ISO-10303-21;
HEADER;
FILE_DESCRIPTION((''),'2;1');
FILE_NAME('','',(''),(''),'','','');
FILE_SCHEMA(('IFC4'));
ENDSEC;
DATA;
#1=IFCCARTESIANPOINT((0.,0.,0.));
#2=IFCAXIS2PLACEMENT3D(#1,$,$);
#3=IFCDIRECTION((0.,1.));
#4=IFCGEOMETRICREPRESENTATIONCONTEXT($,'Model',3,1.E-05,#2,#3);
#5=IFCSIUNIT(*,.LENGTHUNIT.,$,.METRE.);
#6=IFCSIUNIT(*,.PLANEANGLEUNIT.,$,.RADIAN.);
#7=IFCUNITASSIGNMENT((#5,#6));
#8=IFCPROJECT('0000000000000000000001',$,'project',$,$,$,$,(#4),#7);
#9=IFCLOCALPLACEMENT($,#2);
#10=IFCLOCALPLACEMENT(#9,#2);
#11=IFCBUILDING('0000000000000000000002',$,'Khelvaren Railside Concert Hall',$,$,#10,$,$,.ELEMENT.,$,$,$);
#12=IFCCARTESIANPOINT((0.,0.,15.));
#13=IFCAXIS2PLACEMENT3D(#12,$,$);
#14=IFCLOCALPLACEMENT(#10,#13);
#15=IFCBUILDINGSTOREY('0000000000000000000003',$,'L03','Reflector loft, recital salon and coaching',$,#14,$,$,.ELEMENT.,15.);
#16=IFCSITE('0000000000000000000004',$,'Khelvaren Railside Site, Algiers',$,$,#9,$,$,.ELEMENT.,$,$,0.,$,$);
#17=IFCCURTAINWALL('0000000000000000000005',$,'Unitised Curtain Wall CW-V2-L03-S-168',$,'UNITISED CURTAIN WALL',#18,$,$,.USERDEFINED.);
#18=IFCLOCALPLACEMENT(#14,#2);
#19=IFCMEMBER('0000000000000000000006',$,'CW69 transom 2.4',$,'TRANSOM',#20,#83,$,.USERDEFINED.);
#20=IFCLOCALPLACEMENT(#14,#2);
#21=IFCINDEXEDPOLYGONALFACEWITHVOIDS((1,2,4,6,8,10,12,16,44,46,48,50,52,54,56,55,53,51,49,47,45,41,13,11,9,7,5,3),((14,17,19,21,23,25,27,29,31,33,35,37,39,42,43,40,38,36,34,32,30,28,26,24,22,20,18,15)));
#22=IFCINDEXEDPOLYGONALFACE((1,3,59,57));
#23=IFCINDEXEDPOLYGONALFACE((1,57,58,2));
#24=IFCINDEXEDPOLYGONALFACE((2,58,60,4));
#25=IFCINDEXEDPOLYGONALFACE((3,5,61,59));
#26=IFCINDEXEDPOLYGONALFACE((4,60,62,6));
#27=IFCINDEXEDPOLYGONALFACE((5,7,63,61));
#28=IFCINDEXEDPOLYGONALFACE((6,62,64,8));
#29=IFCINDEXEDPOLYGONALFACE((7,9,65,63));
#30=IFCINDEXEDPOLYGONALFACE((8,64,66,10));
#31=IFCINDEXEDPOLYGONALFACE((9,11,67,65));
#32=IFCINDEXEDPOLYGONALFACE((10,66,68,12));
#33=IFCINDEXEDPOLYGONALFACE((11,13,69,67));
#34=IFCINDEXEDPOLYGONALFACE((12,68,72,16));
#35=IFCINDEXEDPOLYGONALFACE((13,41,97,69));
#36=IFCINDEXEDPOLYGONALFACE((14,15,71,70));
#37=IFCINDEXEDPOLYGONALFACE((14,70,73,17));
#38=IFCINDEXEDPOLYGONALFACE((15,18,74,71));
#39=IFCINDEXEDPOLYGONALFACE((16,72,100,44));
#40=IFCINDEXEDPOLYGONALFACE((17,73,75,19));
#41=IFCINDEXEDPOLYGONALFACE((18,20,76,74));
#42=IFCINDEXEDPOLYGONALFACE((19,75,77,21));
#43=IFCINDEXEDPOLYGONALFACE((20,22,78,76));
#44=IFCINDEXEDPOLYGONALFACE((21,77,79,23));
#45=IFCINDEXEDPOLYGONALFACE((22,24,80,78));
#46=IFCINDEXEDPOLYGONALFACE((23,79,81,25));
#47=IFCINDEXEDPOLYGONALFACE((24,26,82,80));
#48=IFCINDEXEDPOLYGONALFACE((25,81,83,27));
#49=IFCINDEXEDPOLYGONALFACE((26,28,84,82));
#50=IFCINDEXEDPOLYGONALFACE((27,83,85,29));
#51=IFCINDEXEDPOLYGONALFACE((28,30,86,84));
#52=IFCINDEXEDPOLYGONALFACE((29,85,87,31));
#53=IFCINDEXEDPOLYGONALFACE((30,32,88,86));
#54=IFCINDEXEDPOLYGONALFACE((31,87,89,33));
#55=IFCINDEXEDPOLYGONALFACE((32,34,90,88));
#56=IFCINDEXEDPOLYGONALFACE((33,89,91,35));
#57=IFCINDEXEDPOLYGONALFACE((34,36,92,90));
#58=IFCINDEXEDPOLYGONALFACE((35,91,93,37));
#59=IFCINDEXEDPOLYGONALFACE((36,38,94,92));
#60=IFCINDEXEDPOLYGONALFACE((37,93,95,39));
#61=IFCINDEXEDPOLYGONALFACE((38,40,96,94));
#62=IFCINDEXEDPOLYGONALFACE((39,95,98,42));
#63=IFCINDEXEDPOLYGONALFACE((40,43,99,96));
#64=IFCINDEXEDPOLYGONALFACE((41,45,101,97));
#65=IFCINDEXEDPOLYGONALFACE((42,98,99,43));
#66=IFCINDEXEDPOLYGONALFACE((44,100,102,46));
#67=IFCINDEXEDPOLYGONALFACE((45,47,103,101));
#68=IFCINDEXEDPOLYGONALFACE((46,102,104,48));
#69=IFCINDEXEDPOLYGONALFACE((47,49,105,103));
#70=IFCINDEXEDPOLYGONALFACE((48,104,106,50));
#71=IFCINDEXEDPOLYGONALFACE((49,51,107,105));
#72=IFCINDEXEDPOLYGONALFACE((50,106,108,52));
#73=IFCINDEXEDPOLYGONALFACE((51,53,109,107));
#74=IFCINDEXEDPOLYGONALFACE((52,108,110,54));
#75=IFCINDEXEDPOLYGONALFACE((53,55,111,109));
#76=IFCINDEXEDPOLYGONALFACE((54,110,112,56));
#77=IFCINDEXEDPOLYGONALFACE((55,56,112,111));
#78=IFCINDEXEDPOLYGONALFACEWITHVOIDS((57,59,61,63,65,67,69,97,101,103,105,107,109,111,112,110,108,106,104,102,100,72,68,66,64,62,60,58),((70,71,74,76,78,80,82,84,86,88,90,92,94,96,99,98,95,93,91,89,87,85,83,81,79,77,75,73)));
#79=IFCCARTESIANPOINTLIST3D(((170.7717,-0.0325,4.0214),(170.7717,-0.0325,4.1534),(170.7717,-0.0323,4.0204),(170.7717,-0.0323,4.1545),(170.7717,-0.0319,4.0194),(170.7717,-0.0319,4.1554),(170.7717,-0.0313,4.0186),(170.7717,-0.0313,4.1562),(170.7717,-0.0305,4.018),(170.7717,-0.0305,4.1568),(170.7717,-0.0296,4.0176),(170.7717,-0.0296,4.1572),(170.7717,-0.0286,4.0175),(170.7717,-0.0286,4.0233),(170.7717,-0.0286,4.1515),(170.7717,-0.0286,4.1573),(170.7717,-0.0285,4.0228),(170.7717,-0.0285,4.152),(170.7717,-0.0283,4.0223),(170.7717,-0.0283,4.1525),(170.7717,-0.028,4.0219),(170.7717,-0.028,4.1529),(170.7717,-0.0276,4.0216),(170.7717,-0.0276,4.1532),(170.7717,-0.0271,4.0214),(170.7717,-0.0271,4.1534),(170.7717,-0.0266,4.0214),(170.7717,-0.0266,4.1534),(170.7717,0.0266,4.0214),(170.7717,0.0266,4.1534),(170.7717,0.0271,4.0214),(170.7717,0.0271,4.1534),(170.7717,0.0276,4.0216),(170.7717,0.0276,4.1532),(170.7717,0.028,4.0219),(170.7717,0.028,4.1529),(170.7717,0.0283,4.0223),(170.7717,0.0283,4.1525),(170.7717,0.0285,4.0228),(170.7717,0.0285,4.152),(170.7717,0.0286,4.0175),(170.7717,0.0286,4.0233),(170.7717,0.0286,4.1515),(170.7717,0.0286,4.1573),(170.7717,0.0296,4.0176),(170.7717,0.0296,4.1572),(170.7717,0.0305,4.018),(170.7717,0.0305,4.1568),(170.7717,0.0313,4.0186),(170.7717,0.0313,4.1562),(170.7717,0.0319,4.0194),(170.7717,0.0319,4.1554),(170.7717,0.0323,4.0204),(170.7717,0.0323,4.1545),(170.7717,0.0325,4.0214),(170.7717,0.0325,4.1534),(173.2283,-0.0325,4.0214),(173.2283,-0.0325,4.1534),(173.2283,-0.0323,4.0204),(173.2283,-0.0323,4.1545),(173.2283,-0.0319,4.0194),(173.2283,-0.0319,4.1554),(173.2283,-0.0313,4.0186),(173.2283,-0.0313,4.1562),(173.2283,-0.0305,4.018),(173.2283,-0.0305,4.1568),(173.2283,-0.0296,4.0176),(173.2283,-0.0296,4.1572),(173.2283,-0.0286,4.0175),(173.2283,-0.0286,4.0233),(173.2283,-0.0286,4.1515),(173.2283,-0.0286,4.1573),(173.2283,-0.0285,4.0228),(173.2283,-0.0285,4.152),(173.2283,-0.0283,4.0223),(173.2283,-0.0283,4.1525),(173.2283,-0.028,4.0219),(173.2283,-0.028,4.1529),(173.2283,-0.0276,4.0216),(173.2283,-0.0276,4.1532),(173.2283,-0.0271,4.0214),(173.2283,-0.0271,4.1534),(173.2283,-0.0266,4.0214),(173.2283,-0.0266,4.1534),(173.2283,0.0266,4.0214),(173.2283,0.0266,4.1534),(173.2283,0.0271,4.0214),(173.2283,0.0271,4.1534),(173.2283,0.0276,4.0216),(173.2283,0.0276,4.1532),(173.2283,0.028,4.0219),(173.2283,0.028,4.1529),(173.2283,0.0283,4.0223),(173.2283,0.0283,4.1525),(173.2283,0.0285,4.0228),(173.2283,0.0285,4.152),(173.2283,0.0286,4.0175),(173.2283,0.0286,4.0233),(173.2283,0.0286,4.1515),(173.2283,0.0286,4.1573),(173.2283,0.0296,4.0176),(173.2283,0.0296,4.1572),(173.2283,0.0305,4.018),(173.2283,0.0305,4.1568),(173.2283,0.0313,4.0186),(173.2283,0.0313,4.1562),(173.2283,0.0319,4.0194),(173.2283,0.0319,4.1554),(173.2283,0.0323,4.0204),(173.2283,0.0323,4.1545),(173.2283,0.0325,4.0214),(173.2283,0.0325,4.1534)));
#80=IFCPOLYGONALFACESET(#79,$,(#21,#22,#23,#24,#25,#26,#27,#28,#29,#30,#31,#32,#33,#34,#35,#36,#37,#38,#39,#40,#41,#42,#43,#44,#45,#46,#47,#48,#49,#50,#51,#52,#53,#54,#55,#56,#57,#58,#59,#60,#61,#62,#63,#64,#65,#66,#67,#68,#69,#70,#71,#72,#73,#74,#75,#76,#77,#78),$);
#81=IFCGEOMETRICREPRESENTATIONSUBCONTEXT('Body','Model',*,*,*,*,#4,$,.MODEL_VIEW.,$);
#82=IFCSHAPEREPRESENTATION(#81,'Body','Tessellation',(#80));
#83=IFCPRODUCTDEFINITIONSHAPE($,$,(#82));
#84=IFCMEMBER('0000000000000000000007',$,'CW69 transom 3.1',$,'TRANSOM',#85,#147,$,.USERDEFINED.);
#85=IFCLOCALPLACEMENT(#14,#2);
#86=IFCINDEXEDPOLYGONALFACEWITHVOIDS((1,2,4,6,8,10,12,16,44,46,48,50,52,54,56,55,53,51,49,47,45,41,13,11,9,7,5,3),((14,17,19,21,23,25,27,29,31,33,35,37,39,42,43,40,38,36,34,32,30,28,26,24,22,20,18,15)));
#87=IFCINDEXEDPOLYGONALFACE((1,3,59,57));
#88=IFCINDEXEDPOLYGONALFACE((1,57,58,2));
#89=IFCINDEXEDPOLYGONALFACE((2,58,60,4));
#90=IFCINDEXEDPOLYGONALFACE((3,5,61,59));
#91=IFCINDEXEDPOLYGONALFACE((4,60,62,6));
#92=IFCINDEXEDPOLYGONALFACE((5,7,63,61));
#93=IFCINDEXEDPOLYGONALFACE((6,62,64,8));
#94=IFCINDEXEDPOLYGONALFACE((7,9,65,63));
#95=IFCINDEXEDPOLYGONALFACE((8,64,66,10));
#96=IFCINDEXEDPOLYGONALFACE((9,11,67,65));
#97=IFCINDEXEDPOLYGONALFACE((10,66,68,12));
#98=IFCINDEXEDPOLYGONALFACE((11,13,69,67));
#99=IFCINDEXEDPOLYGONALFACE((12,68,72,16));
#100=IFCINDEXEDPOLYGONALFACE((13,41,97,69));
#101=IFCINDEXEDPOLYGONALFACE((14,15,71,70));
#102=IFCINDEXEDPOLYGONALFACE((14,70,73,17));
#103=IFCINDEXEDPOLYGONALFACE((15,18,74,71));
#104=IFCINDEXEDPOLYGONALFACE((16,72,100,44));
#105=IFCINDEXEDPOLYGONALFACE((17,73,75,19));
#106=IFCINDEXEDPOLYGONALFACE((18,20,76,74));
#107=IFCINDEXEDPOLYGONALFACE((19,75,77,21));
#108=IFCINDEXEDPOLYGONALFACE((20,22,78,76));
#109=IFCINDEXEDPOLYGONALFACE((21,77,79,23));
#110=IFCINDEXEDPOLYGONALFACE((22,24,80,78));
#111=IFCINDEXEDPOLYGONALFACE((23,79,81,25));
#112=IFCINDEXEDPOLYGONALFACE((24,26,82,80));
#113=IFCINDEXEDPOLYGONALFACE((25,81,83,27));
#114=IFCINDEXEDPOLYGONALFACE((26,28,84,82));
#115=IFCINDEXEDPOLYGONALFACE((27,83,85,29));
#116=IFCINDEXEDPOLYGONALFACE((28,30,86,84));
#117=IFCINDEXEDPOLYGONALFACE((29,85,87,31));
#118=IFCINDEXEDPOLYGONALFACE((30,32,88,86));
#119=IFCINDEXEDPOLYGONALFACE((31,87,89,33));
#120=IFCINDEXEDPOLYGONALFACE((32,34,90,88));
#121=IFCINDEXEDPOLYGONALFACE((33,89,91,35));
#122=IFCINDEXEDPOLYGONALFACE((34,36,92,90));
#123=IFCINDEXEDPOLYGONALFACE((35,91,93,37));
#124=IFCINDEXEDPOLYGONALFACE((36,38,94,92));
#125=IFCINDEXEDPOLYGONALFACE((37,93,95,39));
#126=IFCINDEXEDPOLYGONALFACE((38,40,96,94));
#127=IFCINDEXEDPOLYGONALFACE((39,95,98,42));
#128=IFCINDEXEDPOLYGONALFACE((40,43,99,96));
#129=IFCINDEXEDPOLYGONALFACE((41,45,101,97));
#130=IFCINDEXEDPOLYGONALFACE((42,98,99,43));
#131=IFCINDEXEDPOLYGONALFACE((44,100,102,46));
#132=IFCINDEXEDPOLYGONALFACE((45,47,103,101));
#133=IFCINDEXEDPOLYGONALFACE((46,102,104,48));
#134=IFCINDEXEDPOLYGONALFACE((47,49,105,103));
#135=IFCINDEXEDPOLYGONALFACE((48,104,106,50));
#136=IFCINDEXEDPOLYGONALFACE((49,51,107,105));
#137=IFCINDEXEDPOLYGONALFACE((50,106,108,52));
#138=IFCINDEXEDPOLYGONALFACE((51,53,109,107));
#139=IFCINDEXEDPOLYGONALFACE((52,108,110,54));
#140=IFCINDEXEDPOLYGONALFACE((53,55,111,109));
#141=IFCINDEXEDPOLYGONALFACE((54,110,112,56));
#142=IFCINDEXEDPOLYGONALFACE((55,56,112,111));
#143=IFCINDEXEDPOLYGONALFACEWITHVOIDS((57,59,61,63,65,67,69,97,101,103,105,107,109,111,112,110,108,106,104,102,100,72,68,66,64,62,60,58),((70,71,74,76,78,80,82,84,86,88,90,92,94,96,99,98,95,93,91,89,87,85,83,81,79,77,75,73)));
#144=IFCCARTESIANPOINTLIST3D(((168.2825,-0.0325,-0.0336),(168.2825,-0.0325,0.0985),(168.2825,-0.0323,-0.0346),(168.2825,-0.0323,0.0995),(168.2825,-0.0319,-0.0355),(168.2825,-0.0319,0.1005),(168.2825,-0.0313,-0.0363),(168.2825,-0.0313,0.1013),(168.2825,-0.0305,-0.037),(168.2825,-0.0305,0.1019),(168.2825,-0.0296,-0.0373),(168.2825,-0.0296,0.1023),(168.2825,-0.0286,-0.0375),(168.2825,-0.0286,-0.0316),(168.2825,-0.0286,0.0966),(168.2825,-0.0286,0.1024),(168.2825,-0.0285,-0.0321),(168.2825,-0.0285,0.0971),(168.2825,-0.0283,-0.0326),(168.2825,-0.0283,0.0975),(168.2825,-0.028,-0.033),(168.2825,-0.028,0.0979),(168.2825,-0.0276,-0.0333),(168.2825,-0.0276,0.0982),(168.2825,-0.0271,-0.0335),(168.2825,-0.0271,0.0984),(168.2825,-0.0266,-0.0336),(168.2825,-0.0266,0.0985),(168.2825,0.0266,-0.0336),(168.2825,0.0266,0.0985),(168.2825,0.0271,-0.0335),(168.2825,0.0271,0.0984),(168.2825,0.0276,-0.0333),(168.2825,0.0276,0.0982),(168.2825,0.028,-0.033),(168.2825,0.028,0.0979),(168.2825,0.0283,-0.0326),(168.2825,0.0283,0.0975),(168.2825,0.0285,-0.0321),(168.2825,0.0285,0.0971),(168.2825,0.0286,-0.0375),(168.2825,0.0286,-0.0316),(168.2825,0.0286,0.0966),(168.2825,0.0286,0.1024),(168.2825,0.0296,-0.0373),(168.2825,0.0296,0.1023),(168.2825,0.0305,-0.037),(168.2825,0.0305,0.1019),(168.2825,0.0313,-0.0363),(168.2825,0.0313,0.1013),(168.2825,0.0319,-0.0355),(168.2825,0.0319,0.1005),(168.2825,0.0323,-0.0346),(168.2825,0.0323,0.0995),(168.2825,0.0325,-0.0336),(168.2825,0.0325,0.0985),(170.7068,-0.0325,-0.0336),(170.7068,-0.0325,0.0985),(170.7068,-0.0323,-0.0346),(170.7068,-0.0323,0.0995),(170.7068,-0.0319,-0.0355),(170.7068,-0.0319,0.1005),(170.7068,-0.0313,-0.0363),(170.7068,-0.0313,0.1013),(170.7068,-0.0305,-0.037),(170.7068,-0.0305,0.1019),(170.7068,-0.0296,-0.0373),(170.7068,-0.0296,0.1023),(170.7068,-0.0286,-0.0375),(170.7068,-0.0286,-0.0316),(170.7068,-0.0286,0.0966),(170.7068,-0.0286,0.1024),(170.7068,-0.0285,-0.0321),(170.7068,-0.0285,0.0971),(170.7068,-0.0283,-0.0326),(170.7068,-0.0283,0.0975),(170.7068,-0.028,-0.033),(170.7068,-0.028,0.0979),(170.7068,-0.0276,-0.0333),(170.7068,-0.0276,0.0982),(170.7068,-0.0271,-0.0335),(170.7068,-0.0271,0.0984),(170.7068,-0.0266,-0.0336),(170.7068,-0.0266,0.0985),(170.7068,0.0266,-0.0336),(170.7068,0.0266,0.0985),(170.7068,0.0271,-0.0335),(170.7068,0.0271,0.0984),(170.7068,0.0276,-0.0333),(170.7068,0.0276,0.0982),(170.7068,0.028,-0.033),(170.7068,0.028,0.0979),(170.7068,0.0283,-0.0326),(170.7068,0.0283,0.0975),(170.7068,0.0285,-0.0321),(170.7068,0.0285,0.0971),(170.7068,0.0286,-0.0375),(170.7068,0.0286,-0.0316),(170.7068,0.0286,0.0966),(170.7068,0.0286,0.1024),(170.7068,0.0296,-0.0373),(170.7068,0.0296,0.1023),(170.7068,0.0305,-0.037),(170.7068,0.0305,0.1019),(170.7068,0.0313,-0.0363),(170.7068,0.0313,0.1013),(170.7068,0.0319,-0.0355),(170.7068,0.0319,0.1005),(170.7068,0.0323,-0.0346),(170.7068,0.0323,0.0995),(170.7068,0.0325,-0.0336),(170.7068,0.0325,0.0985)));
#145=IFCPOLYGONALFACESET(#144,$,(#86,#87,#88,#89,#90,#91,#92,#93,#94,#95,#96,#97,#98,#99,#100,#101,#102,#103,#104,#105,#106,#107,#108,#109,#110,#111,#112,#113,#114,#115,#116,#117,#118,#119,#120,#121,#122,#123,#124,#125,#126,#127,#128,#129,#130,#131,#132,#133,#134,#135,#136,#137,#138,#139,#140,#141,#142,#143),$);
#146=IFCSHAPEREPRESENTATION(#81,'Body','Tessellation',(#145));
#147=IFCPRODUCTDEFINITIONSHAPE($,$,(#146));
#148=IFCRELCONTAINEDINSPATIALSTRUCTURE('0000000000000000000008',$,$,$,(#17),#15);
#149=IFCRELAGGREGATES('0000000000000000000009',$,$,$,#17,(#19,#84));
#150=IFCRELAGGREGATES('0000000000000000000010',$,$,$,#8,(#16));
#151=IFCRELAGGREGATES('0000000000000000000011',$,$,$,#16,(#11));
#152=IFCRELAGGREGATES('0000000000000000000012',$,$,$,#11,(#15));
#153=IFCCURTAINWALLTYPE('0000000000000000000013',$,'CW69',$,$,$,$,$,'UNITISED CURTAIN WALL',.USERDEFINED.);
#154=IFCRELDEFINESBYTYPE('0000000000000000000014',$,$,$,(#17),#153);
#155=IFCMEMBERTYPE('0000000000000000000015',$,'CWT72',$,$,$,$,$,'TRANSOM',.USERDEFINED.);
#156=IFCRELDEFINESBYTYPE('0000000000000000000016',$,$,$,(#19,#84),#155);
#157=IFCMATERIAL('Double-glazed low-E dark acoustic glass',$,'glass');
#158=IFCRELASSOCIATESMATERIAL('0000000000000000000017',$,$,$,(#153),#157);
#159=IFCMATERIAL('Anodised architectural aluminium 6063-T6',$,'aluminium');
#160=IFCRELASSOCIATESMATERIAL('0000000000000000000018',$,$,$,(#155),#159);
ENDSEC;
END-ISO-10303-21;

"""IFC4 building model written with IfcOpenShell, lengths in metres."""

from ifc_helpers import new_model, si_unit, direction, frame, origin, origin_2d, place, context, subcontext, project, spatial, hollow_rectangle, extrude, material, material_profile, profile_set, type_object, element, aggregate, save


model = new_model("IFC4")

# Units and contexts
model_context = context("Model", 3, precision=1e-05, world=origin(), true_north=direction((0.0, 1.0)))
body_context = subcontext(model_context, "Body", "Model", "MODEL_VIEW")
ifc_project = project(units=[si_unit("LENGTHUNIT", "METRE"), si_unit("PLANEANGLEUNIT", "RADIAN")], contexts=[model_context])

# Site, building, storey
site_placement = place(None, origin())
site = spatial("IfcSite", under=ifc_project, at=site_placement, Name="Khelvaren Railside Site, Algiers", CompositionType="ELEMENT", RefElevation=0.0)
building_placement = place(site_placement, origin())
building = spatial("IfcBuilding", under=site, at=building_placement, Name="Khelvaren Railside Concert Hall", CompositionType="ELEMENT")
storey_placement = place(building_placement, frame((0.0, 0.0, 15.0)))
storey = spatial("IfcBuildingStorey", under=building, at=storey_placement, Name="L03", Description="Reflector loft, recital salon and coaching", CompositionType="ELEMENT", Elevation=15.0)

# Shared definitions
ifc_material_1 = material(Name="Double-glazed low-E dark acoustic glass", Category="glass")
ifc_material_2 = material(Name="Anodised architectural aluminium 6063-T6", Category="aluminium")

# Curtain wall
curtain_wall_type_1 = type_object("IfcCurtainWallType", Name="CW69", ElementType="UNITISED CURTAIN WALL", PredefinedType="USERDEFINED", material=ifc_material_1)
curtain_wall_1_placement = place(storey_placement, origin())
curtain_wall_1 = element("IfcCurtainWall", 1, at=curtain_wall_1_placement, inside=storey, type_object=curtain_wall_type_1, Name="Unitised Curtain Wall CW-V2-L03-S-168", ObjectType="UNITISED CURTAIN WALL", PredefinedType="USERDEFINED")

# Members
ifc_material_profile_1 = material_profile(ifc_material_2, hollow_rectangle(XDim=0.0649, YDim=0.1399, WallThickness=0.0039, InnerFilletRadius=0.002, OuterFilletRadius=0.0039, at=origin_2d()), Name="CWT 65x140x4")
ifc_profile_set_1 = profile_set([ifc_material_profile_1], Name="Anodised architectural aluminium 6063-T6")
member_type_1 = type_object("IfcMemberType", Name="CWT72", ElementType="TRANSOM", PredefinedType="USERDEFINED", material=ifc_profile_set_1)
member_1_placement = place(storey_placement, frame((173.2283, 0.0, 4.0874), z_axis=(-1.0, 0.0, 0.0), x_axis=(0.0, -1.0, 0.0)))
member_1 = element("IfcMember", 2, at=member_1_placement, type_object=member_type_1, Name="CW69 transom 2.4", ObjectType="TRANSOM", PredefinedType="USERDEFINED", context=body_context, shape_type="SweptSolid", body=[
    extrude(hollow_rectangle(XDim=0.0649, YDim=0.1399, WallThickness=0.0039, InnerFilletRadius=0.002, OuterFilletRadius=0.0039, at=origin_2d()), origin(), (0.0, 0.0, 1.0), 2.4565),
])
member_2_placement = place(storey_placement, frame((170.7068, 0.0, 0.0325), z_axis=(-1.0, 0.0, 0.0), x_axis=(0.0, -1.0, 0.0)))
member_2 = element("IfcMember", 3, at=member_2_placement, type_object=member_type_1, Name="CW69 transom 3.1", ObjectType="TRANSOM", PredefinedType="USERDEFINED", context=body_context, shape_type="SweptSolid", body=[
    extrude(hollow_rectangle(XDim=0.0649, YDim=0.1399, WallThickness=0.0039, InnerFilletRadius=0.002, OuterFilletRadius=0.0039, at=origin_2d()), origin(), (0.0, 0.0, 1.0), 2.4243),
])

aggregate(curtain_wall_1, [member_1, member_2])

save(model, "model.ifc")
